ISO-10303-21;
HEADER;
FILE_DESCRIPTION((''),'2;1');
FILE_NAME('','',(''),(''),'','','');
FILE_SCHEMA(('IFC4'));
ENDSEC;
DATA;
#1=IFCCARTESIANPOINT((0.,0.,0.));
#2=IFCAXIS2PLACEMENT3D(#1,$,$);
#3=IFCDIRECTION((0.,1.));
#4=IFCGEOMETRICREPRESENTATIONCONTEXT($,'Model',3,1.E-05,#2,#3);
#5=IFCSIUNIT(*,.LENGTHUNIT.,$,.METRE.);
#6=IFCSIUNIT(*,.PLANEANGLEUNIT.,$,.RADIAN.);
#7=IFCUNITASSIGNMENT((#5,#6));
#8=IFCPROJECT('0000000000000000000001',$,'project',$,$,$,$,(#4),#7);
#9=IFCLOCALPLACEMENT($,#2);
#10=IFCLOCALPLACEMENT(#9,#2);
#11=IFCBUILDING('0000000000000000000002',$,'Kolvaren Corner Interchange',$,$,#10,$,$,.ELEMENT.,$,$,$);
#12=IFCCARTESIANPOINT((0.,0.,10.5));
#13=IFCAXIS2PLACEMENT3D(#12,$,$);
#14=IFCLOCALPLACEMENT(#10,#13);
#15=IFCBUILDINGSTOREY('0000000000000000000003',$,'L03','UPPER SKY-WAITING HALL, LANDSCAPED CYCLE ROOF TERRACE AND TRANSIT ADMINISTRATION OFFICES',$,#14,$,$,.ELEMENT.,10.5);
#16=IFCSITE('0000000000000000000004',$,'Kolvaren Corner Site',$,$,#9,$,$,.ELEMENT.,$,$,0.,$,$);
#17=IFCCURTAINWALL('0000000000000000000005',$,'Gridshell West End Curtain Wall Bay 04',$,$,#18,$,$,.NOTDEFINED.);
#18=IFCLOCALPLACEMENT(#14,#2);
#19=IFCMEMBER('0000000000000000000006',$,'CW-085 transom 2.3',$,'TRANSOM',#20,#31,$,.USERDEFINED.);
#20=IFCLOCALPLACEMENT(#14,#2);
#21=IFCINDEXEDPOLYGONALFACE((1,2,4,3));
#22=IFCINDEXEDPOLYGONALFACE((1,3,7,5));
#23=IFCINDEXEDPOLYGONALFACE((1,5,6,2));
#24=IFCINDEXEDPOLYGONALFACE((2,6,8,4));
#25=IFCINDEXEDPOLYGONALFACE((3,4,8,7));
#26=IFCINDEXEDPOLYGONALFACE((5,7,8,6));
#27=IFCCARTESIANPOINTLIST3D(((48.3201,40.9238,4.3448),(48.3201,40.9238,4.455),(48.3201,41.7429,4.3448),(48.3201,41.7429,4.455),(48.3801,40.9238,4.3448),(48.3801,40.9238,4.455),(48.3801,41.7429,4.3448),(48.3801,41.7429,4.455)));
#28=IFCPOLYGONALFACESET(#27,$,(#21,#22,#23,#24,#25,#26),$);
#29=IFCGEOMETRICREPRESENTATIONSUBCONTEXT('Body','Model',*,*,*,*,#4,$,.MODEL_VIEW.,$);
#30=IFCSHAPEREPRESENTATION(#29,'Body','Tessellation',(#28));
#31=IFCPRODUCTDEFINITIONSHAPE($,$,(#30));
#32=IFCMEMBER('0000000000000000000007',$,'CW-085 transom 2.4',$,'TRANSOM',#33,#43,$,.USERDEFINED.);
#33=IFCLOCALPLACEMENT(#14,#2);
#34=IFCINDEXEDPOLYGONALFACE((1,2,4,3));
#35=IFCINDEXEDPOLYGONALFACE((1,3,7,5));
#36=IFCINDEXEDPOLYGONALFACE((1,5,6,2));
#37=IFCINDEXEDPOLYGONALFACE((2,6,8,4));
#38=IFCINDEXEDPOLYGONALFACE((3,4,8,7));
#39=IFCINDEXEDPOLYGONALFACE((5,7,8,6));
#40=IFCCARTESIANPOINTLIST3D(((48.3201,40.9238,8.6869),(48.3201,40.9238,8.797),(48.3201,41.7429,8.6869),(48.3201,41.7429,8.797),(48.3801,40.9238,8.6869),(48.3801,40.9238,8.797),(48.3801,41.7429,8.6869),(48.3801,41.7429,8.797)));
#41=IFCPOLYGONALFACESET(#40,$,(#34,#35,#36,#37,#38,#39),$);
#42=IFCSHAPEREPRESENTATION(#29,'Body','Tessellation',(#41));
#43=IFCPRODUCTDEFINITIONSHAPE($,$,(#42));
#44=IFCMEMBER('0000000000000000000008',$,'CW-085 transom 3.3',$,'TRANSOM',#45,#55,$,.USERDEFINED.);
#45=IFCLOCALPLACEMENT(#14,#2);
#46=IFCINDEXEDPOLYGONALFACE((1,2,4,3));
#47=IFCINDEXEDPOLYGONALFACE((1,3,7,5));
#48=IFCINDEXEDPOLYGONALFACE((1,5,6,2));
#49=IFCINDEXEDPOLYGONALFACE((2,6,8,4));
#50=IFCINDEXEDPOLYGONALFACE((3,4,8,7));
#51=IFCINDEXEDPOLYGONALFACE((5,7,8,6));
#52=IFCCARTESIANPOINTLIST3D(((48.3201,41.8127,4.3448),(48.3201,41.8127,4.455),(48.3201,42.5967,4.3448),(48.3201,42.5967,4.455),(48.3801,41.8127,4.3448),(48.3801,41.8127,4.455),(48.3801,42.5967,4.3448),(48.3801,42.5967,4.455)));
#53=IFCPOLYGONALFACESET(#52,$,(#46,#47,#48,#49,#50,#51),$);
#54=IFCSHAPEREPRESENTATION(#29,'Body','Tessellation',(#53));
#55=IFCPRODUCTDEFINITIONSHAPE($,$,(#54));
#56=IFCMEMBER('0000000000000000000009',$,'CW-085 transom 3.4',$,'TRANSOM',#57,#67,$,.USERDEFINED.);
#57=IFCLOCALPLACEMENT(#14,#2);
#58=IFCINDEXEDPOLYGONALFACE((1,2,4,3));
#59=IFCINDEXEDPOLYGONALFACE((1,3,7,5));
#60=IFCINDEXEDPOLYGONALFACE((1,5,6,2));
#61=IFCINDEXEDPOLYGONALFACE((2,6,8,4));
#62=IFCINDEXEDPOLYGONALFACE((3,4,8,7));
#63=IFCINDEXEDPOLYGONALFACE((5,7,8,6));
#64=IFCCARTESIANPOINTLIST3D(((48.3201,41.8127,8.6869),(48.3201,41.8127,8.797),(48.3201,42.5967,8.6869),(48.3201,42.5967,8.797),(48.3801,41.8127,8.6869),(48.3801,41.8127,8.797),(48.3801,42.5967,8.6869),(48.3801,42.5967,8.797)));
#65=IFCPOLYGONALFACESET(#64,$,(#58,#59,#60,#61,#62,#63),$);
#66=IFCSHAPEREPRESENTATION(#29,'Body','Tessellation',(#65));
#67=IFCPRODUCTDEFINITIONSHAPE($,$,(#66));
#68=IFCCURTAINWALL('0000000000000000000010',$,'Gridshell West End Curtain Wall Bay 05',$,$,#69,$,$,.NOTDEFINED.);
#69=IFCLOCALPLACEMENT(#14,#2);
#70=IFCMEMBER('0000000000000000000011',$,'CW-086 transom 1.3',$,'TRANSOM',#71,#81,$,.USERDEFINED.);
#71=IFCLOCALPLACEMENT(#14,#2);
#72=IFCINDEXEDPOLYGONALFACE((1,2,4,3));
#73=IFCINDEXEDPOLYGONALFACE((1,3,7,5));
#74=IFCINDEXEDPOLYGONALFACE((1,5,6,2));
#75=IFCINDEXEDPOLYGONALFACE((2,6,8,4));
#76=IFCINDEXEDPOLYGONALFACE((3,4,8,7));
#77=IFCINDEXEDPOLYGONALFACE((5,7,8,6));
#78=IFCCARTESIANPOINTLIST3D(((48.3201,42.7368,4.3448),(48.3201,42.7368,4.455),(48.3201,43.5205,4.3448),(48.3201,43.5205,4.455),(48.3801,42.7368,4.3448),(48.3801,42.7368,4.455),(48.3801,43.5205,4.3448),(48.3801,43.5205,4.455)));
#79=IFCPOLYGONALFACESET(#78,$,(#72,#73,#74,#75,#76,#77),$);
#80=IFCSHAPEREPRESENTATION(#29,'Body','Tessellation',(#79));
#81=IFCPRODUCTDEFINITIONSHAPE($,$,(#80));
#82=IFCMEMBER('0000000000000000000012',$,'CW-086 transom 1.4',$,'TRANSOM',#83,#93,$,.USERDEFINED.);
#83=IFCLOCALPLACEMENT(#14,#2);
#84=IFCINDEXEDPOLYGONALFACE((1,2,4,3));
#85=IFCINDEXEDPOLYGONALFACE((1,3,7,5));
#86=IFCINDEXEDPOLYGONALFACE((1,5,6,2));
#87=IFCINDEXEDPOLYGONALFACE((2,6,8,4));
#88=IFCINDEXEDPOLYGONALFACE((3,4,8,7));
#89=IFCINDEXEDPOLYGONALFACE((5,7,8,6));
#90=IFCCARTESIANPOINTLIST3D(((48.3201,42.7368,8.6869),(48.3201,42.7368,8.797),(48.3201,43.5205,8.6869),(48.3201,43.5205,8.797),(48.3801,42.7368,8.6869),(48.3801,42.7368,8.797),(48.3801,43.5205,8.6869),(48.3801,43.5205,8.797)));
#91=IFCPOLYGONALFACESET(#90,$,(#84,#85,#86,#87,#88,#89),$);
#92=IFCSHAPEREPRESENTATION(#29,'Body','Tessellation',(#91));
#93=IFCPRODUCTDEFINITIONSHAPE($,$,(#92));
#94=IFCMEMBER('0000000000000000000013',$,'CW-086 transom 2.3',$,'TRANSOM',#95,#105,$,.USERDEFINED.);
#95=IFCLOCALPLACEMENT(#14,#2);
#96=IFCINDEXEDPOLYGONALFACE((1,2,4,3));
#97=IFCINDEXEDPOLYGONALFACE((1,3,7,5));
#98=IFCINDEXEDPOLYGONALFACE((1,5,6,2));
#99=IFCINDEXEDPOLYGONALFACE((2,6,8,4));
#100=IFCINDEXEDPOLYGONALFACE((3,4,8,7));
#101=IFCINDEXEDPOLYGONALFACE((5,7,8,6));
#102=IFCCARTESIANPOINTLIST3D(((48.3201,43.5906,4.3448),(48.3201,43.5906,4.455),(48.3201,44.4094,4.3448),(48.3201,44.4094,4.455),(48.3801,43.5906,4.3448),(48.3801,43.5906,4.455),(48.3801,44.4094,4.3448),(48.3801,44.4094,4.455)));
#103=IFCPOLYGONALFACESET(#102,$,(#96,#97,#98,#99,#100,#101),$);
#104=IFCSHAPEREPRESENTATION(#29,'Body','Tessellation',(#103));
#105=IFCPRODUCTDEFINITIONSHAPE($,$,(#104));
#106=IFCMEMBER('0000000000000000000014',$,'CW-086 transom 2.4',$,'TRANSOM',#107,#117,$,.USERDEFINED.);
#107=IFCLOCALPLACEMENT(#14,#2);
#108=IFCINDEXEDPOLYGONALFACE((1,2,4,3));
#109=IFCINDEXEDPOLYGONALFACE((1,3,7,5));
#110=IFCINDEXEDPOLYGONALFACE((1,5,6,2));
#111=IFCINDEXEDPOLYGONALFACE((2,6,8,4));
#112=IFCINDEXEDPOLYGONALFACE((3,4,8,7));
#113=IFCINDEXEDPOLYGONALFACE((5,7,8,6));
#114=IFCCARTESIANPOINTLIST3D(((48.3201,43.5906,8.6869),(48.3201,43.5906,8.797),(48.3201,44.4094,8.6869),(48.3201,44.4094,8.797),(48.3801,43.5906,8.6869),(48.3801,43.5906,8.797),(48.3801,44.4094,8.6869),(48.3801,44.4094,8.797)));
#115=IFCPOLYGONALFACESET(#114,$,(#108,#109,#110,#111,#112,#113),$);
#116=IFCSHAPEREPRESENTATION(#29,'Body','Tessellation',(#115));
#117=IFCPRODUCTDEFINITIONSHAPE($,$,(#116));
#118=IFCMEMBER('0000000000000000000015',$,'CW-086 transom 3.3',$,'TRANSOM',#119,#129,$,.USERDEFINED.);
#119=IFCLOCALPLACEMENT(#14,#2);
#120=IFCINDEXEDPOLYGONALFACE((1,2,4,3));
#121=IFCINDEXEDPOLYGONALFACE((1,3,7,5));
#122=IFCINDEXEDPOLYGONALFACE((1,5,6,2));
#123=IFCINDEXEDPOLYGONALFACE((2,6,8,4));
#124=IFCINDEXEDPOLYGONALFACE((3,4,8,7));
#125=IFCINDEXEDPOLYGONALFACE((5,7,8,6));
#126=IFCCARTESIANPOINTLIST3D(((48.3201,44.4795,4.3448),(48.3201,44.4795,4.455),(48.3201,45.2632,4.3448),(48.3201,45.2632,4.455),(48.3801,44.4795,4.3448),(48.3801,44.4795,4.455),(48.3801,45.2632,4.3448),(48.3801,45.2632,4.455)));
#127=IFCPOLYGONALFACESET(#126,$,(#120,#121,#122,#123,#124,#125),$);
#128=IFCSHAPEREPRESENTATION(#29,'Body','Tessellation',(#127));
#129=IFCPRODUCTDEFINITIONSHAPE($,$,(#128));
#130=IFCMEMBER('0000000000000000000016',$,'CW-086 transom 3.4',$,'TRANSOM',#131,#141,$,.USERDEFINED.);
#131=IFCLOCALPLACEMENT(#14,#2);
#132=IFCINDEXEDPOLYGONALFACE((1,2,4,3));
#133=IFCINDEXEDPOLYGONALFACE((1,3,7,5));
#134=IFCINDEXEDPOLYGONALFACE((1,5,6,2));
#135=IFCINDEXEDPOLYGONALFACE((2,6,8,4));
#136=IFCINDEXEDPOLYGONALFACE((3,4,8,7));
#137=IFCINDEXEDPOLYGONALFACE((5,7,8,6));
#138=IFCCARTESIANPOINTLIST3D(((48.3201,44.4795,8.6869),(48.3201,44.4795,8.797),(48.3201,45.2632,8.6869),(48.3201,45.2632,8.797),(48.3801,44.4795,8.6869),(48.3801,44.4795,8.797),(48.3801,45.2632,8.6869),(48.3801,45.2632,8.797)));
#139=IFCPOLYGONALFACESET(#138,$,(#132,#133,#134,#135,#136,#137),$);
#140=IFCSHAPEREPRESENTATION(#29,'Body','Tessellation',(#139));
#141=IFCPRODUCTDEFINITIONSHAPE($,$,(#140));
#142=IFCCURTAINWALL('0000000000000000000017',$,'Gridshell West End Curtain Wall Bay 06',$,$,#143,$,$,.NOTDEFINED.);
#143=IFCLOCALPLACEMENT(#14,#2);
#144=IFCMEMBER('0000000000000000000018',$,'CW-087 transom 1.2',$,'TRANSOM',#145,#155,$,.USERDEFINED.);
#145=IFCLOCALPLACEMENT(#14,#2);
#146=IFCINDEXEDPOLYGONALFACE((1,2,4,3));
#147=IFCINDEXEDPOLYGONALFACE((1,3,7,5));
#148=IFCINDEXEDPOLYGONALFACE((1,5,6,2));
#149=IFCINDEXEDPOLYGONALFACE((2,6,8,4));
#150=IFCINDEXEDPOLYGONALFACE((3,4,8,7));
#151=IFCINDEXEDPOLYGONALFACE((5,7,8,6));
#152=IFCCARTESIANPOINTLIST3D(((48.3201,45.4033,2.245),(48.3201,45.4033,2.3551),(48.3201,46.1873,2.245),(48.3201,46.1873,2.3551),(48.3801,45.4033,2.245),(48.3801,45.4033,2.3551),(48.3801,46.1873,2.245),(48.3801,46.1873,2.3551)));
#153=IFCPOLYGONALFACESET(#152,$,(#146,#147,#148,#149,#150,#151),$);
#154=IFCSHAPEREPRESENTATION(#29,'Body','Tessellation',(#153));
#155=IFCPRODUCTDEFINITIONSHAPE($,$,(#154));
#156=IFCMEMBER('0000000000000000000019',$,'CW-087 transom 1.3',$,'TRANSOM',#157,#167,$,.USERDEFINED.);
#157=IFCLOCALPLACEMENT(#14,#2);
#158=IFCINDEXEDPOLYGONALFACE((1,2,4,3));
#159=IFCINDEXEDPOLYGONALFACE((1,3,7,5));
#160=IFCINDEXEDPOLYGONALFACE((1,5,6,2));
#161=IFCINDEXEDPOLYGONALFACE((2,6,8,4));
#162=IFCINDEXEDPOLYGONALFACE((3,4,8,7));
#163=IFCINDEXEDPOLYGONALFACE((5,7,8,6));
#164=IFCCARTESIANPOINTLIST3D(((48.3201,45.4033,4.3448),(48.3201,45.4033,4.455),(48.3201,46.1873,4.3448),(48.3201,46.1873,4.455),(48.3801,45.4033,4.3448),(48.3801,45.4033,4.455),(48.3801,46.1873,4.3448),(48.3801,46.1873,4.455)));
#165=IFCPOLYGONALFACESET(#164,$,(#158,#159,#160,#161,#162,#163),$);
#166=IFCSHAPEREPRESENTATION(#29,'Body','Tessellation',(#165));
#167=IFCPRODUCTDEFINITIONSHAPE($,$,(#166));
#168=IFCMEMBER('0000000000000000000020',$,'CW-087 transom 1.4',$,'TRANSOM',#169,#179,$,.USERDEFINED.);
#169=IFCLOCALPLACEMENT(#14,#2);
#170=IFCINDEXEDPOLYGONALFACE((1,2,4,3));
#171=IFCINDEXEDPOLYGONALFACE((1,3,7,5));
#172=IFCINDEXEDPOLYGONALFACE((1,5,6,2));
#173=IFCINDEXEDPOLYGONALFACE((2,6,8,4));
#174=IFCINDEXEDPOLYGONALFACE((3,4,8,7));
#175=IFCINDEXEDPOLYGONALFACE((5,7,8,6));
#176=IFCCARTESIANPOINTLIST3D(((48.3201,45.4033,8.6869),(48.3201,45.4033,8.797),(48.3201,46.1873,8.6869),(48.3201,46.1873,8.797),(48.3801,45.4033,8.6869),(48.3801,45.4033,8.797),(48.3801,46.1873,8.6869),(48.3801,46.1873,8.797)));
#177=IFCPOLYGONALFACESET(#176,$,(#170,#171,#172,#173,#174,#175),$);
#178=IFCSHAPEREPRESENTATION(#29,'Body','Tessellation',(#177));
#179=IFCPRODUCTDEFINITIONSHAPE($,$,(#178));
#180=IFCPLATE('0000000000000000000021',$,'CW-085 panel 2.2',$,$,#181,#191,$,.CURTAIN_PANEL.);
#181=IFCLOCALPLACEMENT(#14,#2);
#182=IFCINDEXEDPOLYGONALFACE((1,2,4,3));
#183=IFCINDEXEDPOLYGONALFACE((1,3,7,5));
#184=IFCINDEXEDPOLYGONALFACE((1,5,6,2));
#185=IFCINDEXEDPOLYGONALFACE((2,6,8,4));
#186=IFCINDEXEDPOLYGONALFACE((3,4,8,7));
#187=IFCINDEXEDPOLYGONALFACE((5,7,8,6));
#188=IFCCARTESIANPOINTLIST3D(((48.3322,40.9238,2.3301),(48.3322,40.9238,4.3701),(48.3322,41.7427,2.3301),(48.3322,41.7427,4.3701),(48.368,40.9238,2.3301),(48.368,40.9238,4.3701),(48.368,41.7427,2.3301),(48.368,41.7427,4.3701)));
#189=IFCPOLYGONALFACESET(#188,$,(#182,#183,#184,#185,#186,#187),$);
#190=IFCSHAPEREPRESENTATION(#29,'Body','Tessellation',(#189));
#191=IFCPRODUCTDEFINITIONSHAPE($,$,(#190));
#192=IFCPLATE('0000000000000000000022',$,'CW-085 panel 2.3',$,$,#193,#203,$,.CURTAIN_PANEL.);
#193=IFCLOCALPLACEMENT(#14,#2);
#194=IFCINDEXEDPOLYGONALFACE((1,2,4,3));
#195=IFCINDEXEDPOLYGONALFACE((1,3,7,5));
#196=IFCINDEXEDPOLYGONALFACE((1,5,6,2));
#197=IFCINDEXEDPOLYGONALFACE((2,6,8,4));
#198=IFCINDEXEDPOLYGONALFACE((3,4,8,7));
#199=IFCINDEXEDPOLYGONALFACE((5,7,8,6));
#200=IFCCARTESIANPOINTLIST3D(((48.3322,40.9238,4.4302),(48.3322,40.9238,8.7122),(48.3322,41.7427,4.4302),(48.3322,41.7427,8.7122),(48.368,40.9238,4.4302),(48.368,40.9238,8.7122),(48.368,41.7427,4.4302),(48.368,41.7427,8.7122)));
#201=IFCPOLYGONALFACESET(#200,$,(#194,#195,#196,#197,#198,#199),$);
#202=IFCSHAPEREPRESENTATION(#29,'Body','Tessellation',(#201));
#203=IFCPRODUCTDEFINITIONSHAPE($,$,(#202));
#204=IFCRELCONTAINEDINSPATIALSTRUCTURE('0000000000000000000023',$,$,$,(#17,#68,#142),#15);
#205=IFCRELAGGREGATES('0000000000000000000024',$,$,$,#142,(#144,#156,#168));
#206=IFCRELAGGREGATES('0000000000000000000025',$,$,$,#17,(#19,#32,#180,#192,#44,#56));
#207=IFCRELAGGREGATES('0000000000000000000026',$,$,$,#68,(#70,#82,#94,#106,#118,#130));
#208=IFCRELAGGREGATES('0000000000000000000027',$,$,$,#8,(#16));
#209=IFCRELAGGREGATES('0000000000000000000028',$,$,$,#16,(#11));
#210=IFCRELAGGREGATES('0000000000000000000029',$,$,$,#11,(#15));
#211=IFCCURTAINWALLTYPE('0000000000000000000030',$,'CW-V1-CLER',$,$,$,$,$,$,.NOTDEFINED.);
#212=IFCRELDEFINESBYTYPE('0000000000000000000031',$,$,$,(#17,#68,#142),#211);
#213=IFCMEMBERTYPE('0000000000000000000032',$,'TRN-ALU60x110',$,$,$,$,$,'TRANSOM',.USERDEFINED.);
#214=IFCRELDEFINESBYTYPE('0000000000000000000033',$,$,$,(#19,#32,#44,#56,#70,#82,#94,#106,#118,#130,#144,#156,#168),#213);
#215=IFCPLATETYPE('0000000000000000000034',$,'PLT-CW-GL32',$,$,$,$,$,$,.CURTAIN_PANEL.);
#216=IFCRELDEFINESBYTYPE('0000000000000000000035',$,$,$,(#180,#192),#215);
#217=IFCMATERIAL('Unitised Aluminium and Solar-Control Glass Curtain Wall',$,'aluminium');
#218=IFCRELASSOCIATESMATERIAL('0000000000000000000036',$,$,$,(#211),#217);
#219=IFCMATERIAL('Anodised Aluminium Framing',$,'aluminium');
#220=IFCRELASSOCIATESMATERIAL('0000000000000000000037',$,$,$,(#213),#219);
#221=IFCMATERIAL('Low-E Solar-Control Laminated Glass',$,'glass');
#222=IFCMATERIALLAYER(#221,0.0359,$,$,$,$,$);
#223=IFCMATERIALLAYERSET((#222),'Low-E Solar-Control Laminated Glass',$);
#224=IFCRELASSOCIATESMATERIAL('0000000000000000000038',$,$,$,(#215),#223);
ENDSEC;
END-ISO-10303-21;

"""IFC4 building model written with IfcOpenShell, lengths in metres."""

from ifc_helpers import new_model, si_unit, direction, frame, origin, origin_2d, place, context, subcontext, project, spatial, rectangle, extrude, material, layer, layer_set, material_profile, profile_set, type_object, element, aggregate, save


model = new_model("IFC4")

# Units and contexts
model_context = context("Model", 3, precision=1e-05, world=origin(), true_north=direction((0.0, 1.0)))
body_context = subcontext(model_context, "Body", "Model", "MODEL_VIEW")
ifc_project = project(units=[si_unit("LENGTHUNIT", "METRE"), si_unit("PLANEANGLEUNIT", "RADIAN")], contexts=[model_context])

# Site, building, storey
site_placement = place(None, origin())
site = spatial("IfcSite", under=ifc_project, at=site_placement, Name="Kolvaren Corner Site", CompositionType="ELEMENT", RefElevation=0.0)
building_placement = place(site_placement, origin())
building = spatial("IfcBuilding", under=site, at=building_placement, Name="Kolvaren Corner Interchange", CompositionType="ELEMENT")
storey_placement = place(building_placement, frame((0.0, 0.0, 10.5)))
storey = spatial("IfcBuildingStorey", under=building, at=storey_placement, Name="L03", Description="UPPER SKY-WAITING HALL, LANDSCAPED CYCLE ROOF TERRACE AND TRANSIT ADMINISTRATION OFFICES", CompositionType="ELEMENT", Elevation=10.5)

# Curtain walls, members
ifc_material_1 = material(Name="Unitised Aluminium and Solar-Control Glass Curtain Wall", Category="aluminium")
curtain_wall_type = type_object("IfcCurtainWallType", Name="CW-V1-CLER", PredefinedType="NOTDEFINED", material=ifc_material_1)
curtain_wall_1_placement = place(storey_placement, origin())
curtain_wall_1 = element("IfcCurtainWall", 1, at=curtain_wall_1_placement, inside=storey, type_object=curtain_wall_type, Name="Gridshell West End Curtain Wall Bay 04", PredefinedType="NOTDEFINED")
ifc_material_2 = material(Name="Anodised Aluminium Framing", Category="aluminium")
ifc_material_profile = material_profile(ifc_material_2, rectangle(XDim=0.0601, YDim=0.1101, at=origin_2d()), Name="ALU 60x110")
ifc_profile_set = profile_set([ifc_material_profile], Name="Anodised Aluminium Framing")
member_type = type_object("IfcMemberType", Name="TRN-ALU60x110", ElementType="TRANSOM", PredefinedType="USERDEFINED", material=ifc_profile_set)
member_1_placement = place(storey_placement, frame((48.3501, 40.9238, 4.3999), z_axis=(0.0, 1.0, 0.0), x_axis=(-1.0, 0.0, 0.0)))
member_1 = element("IfcMember", 2, at=member_1_placement, type_object=member_type, Name="CW-085 transom 2.3", ObjectType="TRANSOM", PredefinedType="USERDEFINED", context=body_context, shape_type="SweptSolid", body=[
    extrude(rectangle(XDim=0.0601, YDim=0.1101, at=origin_2d()), origin(), (0.0, 0.0, 1.0), 0.8191),
])
member_2_placement = place(storey_placement, frame((48.3501, 40.9238, 8.7419), z_axis=(0.0, 1.0, 0.0), x_axis=(-1.0, 0.0, 0.0)))
member_2 = element("IfcMember", 3, at=member_2_placement, type_object=member_type, Name="CW-085 transom 2.4", ObjectType="TRANSOM", PredefinedType="USERDEFINED", context=body_context, shape_type="SweptSolid", body=[
    extrude(rectangle(XDim=0.0601, YDim=0.1101, at=origin_2d()), origin(), (0.0, 0.0, 1.0), 0.8191),
])
member_3_placement = place(storey_placement, frame((48.3501, 41.8127, 4.3999), z_axis=(0.0, 1.0, 0.0), x_axis=(-1.0, 0.0, 0.0)))
member_3 = element("IfcMember", 4, at=member_3_placement, type_object=member_type, Name="CW-085 transom 3.3", ObjectType="TRANSOM", PredefinedType="USERDEFINED", context=body_context, shape_type="SweptSolid", body=[
    extrude(rectangle(XDim=0.0601, YDim=0.1101, at=origin_2d()), origin(), (0.0, 0.0, 1.0), 0.7839),
])
member_4_placement = place(storey_placement, frame((48.3501, 41.8127, 8.7419), z_axis=(0.0, 1.0, 0.0), x_axis=(-1.0, 0.0, 0.0)))
member_4 = element("IfcMember", 5, at=member_4_placement, type_object=member_type, Name="CW-085 transom 3.4", ObjectType="TRANSOM", PredefinedType="USERDEFINED", context=body_context, shape_type="SweptSolid", body=[
    extrude(rectangle(XDim=0.0601, YDim=0.1101, at=origin_2d()), origin(), (0.0, 0.0, 1.0), 0.7839),
])
curtain_wall_2_placement = place(storey_placement, origin())
curtain_wall_2 = element("IfcCurtainWall", 6, at=curtain_wall_2_placement, inside=storey, type_object=curtain_wall_type, Name="Gridshell West End Curtain Wall Bay 05", PredefinedType="NOTDEFINED")
member_5_placement = place(storey_placement, frame((48.3501, 42.7368, 4.3999), z_axis=(0.0, 1.0, 0.0), x_axis=(-1.0, 0.0, 0.0)))
member_5 = element("IfcMember", 7, at=member_5_placement, type_object=member_type, Name="CW-086 transom 1.3", ObjectType="TRANSOM", PredefinedType="USERDEFINED", context=body_context, shape_type="SweptSolid", body=[
    extrude(rectangle(XDim=0.0601, YDim=0.1101, at=origin_2d()), origin(), (0.0, 0.0, 1.0), 0.7837),
])
member_6_placement = place(storey_placement, frame((48.3501, 42.7368, 8.7419), z_axis=(0.0, 1.0, 0.0), x_axis=(-1.0, 0.0, 0.0)))
member_6 = element("IfcMember", 8, at=member_6_placement, type_object=member_type, Name="CW-086 transom 1.4", ObjectType="TRANSOM", PredefinedType="USERDEFINED", context=body_context, shape_type="SweptSolid", body=[
    extrude(rectangle(XDim=0.0601, YDim=0.1101, at=origin_2d()), origin(), (0.0, 0.0, 1.0), 0.7837),
])
member_7_placement = place(storey_placement, frame((48.3501, 43.5906, 4.3999), z_axis=(0.0, 1.0, 0.0), x_axis=(-1.0, 0.0, 0.0)))
member_7 = element("IfcMember", 9, at=member_7_placement, type_object=member_type, Name="CW-086 transom 2.3", ObjectType="TRANSOM", PredefinedType="USERDEFINED", context=body_context, shape_type="SweptSolid", body=[
    extrude(rectangle(XDim=0.0601, YDim=0.1101, at=origin_2d()), origin(), (0.0, 0.0, 1.0), 0.8188),
])
member_8_placement = place(storey_placement, frame((48.3501, 43.5906, 8.7419), z_axis=(0.0, 1.0, 0.0), x_axis=(-1.0, 0.0, 0.0)))
member_8 = element("IfcMember", 10, at=member_8_placement, type_object=member_type, Name="CW-086 transom 2.4", ObjectType="TRANSOM", PredefinedType="USERDEFINED", context=body_context, shape_type="SweptSolid", body=[
    extrude(rectangle(XDim=0.0601, YDim=0.1101, at=origin_2d()), origin(), (0.0, 0.0, 1.0), 0.8188),
])
member_9_placement = place(storey_placement, frame((48.3501, 44.4795, 4.3999), z_axis=(0.0, 1.0, 0.0), x_axis=(-1.0, 0.0, 0.0)))
member_9 = element("IfcMember", 11, at=member_9_placement, type_object=member_type, Name="CW-086 transom 3.3", ObjectType="TRANSOM", PredefinedType="USERDEFINED", context=body_context, shape_type="SweptSolid", body=[
    extrude(rectangle(XDim=0.0601, YDim=0.1101, at=origin_2d()), origin(), (0.0, 0.0, 1.0), 0.7837),
])
member_10_placement = place(storey_placement, frame((48.3501, 44.4795, 8.7419), z_axis=(0.0, 1.0, 0.0), x_axis=(-1.0, 0.0, 0.0)))
member_10 = element("IfcMember", 12, at=member_10_placement, type_object=member_type, Name="CW-086 transom 3.4", ObjectType="TRANSOM", PredefinedType="USERDEFINED", context=body_context, shape_type="SweptSolid", body=[
    extrude(rectangle(XDim=0.0601, YDim=0.1101, at=origin_2d()), origin(), (0.0, 0.0, 1.0), 0.7837),
])
curtain_wall_3_placement = place(storey_placement, origin())
curtain_wall_3 = element("IfcCurtainWall", 13, at=curtain_wall_3_placement, inside=storey, type_object=curtain_wall_type, Name="Gridshell West End Curtain Wall Bay 06", PredefinedType="NOTDEFINED")
member_11_placement = place(storey_placement, frame((48.3501, 45.4033, 2.3), z_axis=(0.0, 1.0, 0.0), x_axis=(-1.0, 0.0, 0.0)))
member_11 = element("IfcMember", 14, at=member_11_placement, type_object=member_type, Name="CW-087 transom 1.2", ObjectType="TRANSOM", PredefinedType="USERDEFINED", context=body_context, shape_type="SweptSolid", body=[
    extrude(rectangle(XDim=0.0601, YDim=0.1101, at=origin_2d()), origin(), (0.0, 0.0, 1.0), 0.7839),
])
member_12_placement = place(storey_placement, frame((48.3501, 45.4033, 4.3999), z_axis=(0.0, 1.0, 0.0), x_axis=(-1.0, 0.0, 0.0)))
member_12 = element("IfcMember", 15, at=member_12_placement, type_object=member_type, Name="CW-087 transom 1.3", ObjectType="TRANSOM", PredefinedType="USERDEFINED", context=body_context, shape_type="SweptSolid", body=[
    extrude(rectangle(XDim=0.0601, YDim=0.1101, at=origin_2d()), origin(), (0.0, 0.0, 1.0), 0.7839),
])
member_13_placement = place(storey_placement, frame((48.3501, 45.4033, 8.7419), z_axis=(0.0, 1.0, 0.0), x_axis=(-1.0, 0.0, 0.0)))
member_13 = element("IfcMember", 16, at=member_13_placement, type_object=member_type, Name="CW-087 transom 1.4", ObjectType="TRANSOM", PredefinedType="USERDEFINED", context=body_context, shape_type="SweptSolid", body=[
    extrude(rectangle(XDim=0.0601, YDim=0.1101, at=origin_2d()), origin(), (0.0, 0.0, 1.0), 0.7839),
])
aggregate(curtain_wall_3, [member_11, member_12, member_13])

# Plates
ifc_material_3 = material(Name="Low-E Solar-Control Laminated Glass", Category="glass")
ifc_layer = layer(ifc_material_3, 0.0359)
ifc_layer_set = layer_set([ifc_layer], Name="Low-E Solar-Control Laminated Glass")
plate_type = type_object("IfcPlateType", Name="PLT-CW-GL32", PredefinedType="CURTAIN_PANEL", material=ifc_layer_set)
plate_1_placement = place(storey_placement, frame((48.3501, 41.3333, 2.3301), z_axis=(0.0, 0.0, 1.0), x_axis=(0.0, 1.0, 0.0)))
plate_1 = element("IfcPlate", 17, at=plate_1_placement, type_object=plate_type, Name="CW-085 panel 2.2", PredefinedType="CURTAIN_PANEL", context=body_context, shape_type="SweptSolid", body=[
    extrude(rectangle(XDim=0.8188, YDim=0.0359, at=origin_2d()), origin(), (0.0, 0.0, 1.0), 2.04),
])
plate_2_placement = place(storey_placement, frame((48.3501, 41.3333, 4.4302), z_axis=(0.0, 0.0, 1.0), x_axis=(0.0, 1.0, 0.0)))
plate_2 = element("IfcPlate", 18, at=plate_2_placement, type_object=plate_type, Name="CW-085 panel 2.3", PredefinedType="CURTAIN_PANEL", context=body_context, shape_type="SweptSolid", body=[
    extrude(rectangle(XDim=0.8188, YDim=0.0359, at=origin_2d()), origin(), (0.0, 0.0, 1.0), 4.282),
])
aggregate(curtain_wall_1, [member_1, member_2, plate_1, plate_2, member_3, member_4])
aggregate(curtain_wall_2, [member_5, member_6, member_7, member_8, member_9, member_10])

save(model, "model.ifc")
